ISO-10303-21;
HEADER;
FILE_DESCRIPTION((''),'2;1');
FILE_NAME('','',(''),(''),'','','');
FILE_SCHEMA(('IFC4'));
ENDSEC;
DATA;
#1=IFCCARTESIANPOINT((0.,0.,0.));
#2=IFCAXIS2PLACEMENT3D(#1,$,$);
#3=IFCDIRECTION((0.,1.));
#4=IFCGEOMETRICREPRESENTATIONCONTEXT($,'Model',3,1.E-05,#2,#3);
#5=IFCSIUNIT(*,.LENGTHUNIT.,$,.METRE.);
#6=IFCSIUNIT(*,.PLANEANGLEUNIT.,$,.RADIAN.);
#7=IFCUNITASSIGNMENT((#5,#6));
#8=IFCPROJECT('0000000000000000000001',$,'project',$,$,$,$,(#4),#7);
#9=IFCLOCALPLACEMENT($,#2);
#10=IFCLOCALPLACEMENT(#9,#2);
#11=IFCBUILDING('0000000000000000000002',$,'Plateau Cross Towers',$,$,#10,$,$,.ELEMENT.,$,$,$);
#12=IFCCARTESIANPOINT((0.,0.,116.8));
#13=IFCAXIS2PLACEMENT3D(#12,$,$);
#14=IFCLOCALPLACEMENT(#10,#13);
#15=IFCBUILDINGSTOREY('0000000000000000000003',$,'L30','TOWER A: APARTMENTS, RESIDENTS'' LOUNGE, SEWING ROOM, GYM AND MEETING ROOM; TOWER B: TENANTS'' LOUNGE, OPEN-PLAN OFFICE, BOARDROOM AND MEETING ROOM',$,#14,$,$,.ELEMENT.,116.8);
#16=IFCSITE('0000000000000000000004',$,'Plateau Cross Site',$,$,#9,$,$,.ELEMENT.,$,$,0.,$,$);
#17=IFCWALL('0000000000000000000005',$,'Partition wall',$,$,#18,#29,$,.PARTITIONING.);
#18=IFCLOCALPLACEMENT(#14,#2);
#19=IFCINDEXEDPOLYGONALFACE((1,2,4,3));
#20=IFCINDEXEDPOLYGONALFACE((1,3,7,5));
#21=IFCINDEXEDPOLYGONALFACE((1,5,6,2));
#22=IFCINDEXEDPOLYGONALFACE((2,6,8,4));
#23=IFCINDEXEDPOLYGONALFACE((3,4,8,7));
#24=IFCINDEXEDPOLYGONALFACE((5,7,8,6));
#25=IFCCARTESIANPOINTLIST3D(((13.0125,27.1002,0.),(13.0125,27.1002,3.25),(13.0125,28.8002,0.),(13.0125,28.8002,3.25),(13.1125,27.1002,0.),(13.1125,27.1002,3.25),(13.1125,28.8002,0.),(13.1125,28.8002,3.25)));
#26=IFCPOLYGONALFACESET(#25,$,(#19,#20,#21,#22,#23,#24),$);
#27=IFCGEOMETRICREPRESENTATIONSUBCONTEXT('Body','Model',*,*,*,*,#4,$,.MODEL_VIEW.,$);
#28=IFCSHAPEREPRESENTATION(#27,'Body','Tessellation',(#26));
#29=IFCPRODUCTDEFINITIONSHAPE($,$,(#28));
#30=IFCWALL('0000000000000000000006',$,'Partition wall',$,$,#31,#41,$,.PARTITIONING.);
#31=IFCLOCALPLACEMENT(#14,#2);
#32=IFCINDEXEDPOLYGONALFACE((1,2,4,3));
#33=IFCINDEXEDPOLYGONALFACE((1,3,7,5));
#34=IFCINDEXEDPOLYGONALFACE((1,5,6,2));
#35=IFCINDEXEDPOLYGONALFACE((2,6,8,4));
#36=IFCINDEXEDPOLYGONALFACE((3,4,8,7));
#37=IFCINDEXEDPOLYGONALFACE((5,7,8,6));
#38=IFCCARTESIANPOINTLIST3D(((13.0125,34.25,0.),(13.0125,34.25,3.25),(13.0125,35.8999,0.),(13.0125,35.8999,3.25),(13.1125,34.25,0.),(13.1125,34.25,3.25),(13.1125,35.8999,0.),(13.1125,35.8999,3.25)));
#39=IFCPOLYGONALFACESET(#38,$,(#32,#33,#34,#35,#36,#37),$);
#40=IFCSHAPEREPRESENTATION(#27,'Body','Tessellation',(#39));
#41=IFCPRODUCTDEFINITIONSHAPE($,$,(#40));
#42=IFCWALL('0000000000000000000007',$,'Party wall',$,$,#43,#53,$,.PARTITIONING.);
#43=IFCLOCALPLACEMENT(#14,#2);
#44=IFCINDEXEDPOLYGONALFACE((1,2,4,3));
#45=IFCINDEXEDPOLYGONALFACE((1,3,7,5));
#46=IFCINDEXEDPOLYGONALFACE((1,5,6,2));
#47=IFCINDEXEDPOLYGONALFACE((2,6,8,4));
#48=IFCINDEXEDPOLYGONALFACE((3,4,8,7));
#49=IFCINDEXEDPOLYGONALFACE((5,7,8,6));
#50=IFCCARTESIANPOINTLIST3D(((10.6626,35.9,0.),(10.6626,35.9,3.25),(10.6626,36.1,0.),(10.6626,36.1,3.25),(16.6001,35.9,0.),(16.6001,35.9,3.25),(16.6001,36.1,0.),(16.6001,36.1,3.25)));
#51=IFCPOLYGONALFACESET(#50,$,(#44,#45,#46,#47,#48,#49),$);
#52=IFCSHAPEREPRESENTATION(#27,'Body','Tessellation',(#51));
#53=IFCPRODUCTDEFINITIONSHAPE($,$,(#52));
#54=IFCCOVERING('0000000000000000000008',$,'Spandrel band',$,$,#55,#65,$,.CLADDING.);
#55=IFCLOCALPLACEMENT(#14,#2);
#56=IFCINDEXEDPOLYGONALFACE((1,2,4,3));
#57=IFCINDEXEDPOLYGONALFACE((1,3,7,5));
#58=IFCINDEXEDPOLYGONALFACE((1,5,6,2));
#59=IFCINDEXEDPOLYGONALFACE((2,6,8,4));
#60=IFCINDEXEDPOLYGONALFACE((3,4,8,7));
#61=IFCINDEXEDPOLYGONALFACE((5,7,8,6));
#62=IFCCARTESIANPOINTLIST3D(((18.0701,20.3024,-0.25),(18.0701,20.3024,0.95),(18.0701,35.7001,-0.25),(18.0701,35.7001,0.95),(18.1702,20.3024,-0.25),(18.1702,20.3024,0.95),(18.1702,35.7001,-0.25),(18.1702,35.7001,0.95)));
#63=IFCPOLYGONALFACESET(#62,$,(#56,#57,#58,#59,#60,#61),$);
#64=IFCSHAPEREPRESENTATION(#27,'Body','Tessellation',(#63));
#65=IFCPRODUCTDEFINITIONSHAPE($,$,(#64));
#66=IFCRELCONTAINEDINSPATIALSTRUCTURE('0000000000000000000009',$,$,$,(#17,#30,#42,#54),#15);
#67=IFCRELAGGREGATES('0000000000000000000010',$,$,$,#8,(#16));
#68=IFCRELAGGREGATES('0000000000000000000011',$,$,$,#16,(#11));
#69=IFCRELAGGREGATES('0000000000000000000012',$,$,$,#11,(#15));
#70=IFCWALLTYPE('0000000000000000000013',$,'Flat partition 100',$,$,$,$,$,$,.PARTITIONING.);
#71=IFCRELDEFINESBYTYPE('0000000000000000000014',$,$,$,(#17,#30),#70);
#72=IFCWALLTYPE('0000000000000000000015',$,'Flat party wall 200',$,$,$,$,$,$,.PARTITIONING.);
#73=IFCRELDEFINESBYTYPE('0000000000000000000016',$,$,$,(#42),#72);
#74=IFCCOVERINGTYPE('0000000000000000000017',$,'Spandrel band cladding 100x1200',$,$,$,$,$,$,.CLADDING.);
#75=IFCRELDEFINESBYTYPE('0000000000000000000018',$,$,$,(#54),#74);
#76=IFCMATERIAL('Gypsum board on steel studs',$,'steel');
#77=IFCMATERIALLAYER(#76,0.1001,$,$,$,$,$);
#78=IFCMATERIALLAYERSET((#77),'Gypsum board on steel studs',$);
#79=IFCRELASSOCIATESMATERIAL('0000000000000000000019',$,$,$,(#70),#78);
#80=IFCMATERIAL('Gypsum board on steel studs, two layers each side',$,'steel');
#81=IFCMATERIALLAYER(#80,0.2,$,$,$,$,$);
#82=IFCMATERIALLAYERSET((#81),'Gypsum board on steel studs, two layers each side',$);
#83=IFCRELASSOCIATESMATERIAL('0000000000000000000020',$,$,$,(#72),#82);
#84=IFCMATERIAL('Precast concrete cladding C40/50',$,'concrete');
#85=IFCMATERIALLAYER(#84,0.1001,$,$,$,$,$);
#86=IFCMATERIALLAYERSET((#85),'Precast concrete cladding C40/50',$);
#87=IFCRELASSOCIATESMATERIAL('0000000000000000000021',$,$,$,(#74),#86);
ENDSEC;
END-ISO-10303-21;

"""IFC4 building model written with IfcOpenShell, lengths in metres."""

from ifc_helpers import new_model, si_unit, direction, frame, frame_2d, origin, origin_2d, place, context, subcontext, project, spatial, rectangle, extrude, material, layer, layer_set, type_object, element, save


model = new_model("IFC4")

# Units and contexts
model_context = context("Model", 3, precision=1e-05, world=origin(), true_north=direction((0.0, 1.0)))
body_context = subcontext(model_context, "Body", "Model", "MODEL_VIEW")
ifc_project = project(units=[si_unit("LENGTHUNIT", "METRE"), si_unit("PLANEANGLEUNIT", "RADIAN")], contexts=[model_context])

# Site, building, storey
site_placement = place(None, origin())
site = spatial("IfcSite", under=ifc_project, at=site_placement, Name="Plateau Cross Site", CompositionType="ELEMENT", RefElevation=0.0)
building_placement = place(site_placement, origin())
building = spatial("IfcBuilding", under=site, at=building_placement, Name="Plateau Cross Towers", CompositionType="ELEMENT")
storey_placement = place(building_placement, frame((0.0, 0.0, 116.8)))
storey = spatial("IfcBuildingStorey", under=building, at=storey_placement, Name="L30", Description="TOWER A: APARTMENTS, RESIDENTS' LOUNGE, SEWING ROOM, GYM AND MEETING ROOM; TOWER B: TENANTS' LOUNGE, OPEN-PLAN OFFICE, BOARDROOM AND MEETING ROOM", CompositionType="ELEMENT", Elevation=116.8)

# Shared definitions
ifc_material_1 = material(Name="Gypsum board on steel studs", Category="steel")
ifc_layer_1 = layer(ifc_material_1, 0.1001)
ifc_layer_set_1 = layer_set([ifc_layer_1], Name="Gypsum board on steel studs")
wall_type_1 = type_object("IfcWallType", Name="Flat partition 100", PredefinedType="PARTITIONING", material=ifc_layer_set_1)

# Walls
wall_1_placement = place(storey_placement, frame((13.0625, 27.1001, 0.0), z_axis=(0.0, 0.0, 1.0), x_axis=(0.0, 1.0, 0.0)))
element("IfcWall", 1, at=wall_1_placement, inside=storey, type_object=wall_type_1, Name="Partition wall", PredefinedType="PARTITIONING", context=body_context, shape_type="SweptSolid", body=[
    extrude(rectangle(XDim=1.7, YDim=0.1001, at=frame_2d((0.8501, 0.0))), origin(), (0.0, 0.0, 1.0), 3.25),
])
wall_2_placement = place(storey_placement, frame((13.0625, 34.25, 0.0), z_axis=(0.0, 0.0, 1.0), x_axis=(0.0, 1.0, 0.0)))
element("IfcWall", 2, at=wall_2_placement, inside=storey, type_object=wall_type_1, Name="Partition wall", PredefinedType="PARTITIONING", context=body_context, shape_type="SweptSolid", body=[
    extrude(rectangle(XDim=1.6499, YDim=0.1001, at=frame_2d((0.825, 0.0))), origin(), (0.0, 0.0, 1.0), 3.25),
])
ifc_material_2 = material(Name="Gypsum board on steel studs, two layers each side", Category="steel")
ifc_layer_2 = layer(ifc_material_2, 0.2)
ifc_layer_set_2 = layer_set([ifc_layer_2], Name="Gypsum board on steel studs, two layers each side")
wall_type_2 = type_object("IfcWallType", Name="Flat party wall 200", PredefinedType="PARTITIONING", material=ifc_layer_set_2)
wall_3_placement = place(storey_placement, frame((16.6001, 36.0, 0.0), z_axis=(0.0, 0.0, 1.0), x_axis=(-1.0, 0.0, 0.0)))
element("IfcWall", 3, at=wall_3_placement, inside=storey, type_object=wall_type_2, Name="Party wall", PredefinedType="PARTITIONING", context=body_context, shape_type="SweptSolid", body=[
    extrude(rectangle(XDim=5.9375, YDim=0.2, at=frame_2d((2.9688, 0.0))), origin(), (0.0, 0.0, 1.0), 3.25),
])

# Covering
ifc_material_3 = material(Name="Precast concrete cladding C40/50", Category="concrete")
ifc_layer_3 = layer(ifc_material_3, 0.1001)
ifc_layer_set_3 = layer_set([ifc_layer_3], Name="Precast concrete cladding C40/50")
covering_type = type_object("IfcCoveringType", Name="Spandrel band cladding 100x1200", PredefinedType="CLADDING", material=ifc_layer_set_3)
covering_placement = place(storey_placement, frame((18.1201, 28.0012, -0.25), z_axis=(0.0, 0.0, 1.0), x_axis=(0.0, 1.0, 0.0)))
element("IfcCovering", 4, at=covering_placement, inside=storey, type_object=covering_type, Name="Spandrel band", PredefinedType="CLADDING", context=body_context, shape_type="SweptSolid", body=[
    extrude(rectangle(XDim=15.3977, YDim=0.1001, at=origin_2d()), origin(), (0.0, 0.0, 1.0), 1.2),
])

save(model, "model.ifc")
